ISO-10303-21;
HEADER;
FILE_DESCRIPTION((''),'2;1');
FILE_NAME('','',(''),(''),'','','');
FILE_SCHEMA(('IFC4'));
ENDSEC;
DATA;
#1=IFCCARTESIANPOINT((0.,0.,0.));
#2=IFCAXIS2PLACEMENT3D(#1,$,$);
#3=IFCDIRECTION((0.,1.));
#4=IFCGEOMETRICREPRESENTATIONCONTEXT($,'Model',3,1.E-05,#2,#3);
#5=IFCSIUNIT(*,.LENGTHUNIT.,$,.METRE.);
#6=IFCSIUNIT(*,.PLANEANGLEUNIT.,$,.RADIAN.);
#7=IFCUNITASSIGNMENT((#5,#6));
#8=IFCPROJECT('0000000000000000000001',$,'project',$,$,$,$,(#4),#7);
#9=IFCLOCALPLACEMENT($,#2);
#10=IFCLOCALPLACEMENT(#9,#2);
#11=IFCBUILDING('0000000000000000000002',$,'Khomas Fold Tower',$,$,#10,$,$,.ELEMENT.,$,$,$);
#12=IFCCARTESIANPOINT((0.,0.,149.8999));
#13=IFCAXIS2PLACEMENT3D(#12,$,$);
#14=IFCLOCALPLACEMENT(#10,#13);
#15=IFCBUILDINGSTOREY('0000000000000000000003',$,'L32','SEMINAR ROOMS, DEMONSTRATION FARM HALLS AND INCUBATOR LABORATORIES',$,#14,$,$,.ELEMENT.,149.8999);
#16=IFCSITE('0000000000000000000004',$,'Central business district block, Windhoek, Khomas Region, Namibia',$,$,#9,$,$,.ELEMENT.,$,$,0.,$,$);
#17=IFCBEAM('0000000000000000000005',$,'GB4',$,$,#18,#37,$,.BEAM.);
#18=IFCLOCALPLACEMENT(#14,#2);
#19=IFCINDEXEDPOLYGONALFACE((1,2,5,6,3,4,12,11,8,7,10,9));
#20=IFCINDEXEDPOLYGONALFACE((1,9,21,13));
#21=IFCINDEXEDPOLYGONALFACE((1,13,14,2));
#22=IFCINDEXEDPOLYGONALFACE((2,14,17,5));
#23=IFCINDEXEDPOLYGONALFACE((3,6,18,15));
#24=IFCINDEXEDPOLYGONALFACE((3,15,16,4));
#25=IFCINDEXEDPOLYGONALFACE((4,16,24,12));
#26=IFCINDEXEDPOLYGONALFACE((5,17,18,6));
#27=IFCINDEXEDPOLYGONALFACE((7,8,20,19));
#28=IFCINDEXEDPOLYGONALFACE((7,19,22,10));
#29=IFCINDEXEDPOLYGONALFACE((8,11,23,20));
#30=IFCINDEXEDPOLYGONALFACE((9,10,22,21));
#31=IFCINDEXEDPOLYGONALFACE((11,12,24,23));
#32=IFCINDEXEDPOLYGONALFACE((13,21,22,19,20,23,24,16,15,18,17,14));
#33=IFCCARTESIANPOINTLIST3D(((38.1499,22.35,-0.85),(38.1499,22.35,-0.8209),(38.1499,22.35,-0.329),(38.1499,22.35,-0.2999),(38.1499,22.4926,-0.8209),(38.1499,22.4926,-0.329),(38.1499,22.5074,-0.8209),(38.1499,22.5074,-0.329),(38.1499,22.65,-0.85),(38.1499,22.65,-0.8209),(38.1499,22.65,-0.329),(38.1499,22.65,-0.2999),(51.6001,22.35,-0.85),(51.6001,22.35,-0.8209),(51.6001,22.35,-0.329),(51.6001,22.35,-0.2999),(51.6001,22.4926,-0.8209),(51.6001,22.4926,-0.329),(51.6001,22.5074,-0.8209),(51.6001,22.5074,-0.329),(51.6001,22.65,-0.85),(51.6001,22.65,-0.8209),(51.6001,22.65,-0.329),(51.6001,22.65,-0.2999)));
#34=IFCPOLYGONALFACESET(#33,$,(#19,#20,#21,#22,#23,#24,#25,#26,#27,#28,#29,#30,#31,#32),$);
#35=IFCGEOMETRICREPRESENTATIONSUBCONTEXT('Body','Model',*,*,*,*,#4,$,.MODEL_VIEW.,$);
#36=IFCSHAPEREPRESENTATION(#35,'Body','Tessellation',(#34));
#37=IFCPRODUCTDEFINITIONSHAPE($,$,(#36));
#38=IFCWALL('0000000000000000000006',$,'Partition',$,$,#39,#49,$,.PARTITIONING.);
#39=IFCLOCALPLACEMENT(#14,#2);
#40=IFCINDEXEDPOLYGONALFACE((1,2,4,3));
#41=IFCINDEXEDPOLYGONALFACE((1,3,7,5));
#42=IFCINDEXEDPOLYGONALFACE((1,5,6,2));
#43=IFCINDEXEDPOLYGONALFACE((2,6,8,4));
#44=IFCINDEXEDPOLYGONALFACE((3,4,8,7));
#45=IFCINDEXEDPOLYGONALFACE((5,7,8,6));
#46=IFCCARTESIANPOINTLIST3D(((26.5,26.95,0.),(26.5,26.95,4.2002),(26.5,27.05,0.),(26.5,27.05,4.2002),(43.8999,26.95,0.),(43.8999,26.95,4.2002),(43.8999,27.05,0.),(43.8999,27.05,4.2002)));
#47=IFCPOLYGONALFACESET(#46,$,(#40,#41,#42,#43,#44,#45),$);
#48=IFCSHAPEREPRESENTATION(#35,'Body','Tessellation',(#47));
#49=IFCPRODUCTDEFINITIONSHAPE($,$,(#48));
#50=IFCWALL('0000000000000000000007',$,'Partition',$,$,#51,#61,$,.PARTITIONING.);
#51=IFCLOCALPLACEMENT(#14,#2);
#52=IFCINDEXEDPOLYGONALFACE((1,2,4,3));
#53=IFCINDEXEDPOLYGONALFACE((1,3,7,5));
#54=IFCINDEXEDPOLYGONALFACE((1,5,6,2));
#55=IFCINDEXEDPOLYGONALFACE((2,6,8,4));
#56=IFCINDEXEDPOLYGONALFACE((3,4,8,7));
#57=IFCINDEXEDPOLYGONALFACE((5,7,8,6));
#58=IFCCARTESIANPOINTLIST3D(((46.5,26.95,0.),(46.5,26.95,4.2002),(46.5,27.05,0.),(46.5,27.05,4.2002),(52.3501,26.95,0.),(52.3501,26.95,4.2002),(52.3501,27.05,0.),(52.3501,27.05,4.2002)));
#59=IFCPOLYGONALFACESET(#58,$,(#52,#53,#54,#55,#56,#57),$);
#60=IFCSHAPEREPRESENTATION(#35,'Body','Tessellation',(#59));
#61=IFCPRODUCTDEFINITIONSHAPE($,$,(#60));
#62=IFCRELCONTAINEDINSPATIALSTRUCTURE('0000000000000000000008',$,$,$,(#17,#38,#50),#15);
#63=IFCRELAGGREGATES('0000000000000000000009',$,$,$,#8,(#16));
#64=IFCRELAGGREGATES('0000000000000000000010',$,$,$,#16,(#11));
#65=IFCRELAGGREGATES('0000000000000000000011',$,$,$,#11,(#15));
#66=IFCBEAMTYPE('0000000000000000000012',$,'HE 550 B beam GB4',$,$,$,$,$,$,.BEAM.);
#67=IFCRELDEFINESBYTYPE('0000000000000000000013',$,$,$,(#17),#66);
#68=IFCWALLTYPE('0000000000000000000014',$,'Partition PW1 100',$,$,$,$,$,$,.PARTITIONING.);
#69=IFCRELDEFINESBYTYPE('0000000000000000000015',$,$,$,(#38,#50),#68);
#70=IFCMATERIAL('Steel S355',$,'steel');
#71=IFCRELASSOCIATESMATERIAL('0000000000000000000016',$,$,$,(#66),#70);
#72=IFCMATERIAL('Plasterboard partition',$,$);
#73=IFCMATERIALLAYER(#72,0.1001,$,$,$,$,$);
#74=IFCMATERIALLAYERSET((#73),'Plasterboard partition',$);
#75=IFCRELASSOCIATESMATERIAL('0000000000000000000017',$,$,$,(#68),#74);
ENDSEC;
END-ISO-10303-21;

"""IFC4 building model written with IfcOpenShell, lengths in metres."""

from ifc_helpers import new_model, si_unit, direction, frame, frame_2d, origin, origin_2d, place, context, subcontext, project, spatial, rectangle, i_section, extrude, source, transform, mapped, material, layer, layer_set, material_profile, profile_set, type_object, element, save


model = new_model("IFC4")

# Units and contexts
model_context = context("Model", 3, precision=1e-05, world=origin(), true_north=direction((0.0, 1.0)))
body_context = subcontext(model_context, "Body", "Model", "MODEL_VIEW")
ifc_project = project(units=[si_unit("LENGTHUNIT", "METRE"), si_unit("PLANEANGLEUNIT", "RADIAN")], contexts=[model_context])

# Site, building, storey
site_placement = place(None, origin())
site = spatial("IfcSite", under=ifc_project, at=site_placement, Name="Central business district block, Windhoek, Khomas Region, Namibia", CompositionType="ELEMENT", RefElevation=0.0)
building_placement = place(site_placement, origin())
building = spatial("IfcBuilding", under=site, at=building_placement, Name="Khomas Fold Tower", CompositionType="ELEMENT")
storey_placement = place(building_placement, frame((0.0, 0.0, 149.8999)))
storey = spatial("IfcBuildingStorey", under=building, at=storey_placement, Name="L32", Description="SEMINAR ROOMS, DEMONSTRATION FARM HALLS AND INCUBATOR LABORATORIES", CompositionType="ELEMENT", Elevation=149.8999)

# Beam
ifc_material_1 = material(Name="Steel S355", Category="steel")
ifc_material_profile_1 = material_profile(ifc_material_1, i_section(OverallWidth=0.3, OverallDepth=0.55, WebThickness=0.0149, FlangeThickness=0.0291, at=origin_2d()), Name="HE 550 B")
ifc_profile_set_1 = profile_set([ifc_material_profile_1], Name="Steel S355")
beam_type_1 = type_object("IfcBeamType", Name="HE 550 B beam GB4", PredefinedType="BEAM", material=ifc_profile_set_1)
shared_shape_1 = source(origin(), body_context, "Body", "SweptSolid", [
    extrude(i_section(OverallWidth=0.3, OverallDepth=0.55, WebThickness=0.0149, FlangeThickness=0.0291, at=origin_2d()), origin(), (0.0, 0.0, 1.0), 13.4502),
])
beam_placement = place(storey_placement, frame((38.1499, 22.5, -0.575), z_axis=(1.0, 0.0, 0.0), x_axis=(0.0, 1.0, 0.0)))
element("IfcBeam", 1, at=beam_placement, inside=storey, type_object=beam_type_1, Name="GB4", PredefinedType="BEAM", context=body_context, shape_type="MappedRepresentation", body=[
    mapped(shared_shape_1, transform((0.0, 0.0, 0.0))),
])

# Walls
ifc_material_2 = material(Name="Plasterboard partition")
ifc_layer = layer(ifc_material_2, 0.1001)
ifc_layer_set = layer_set([ifc_layer], Name="Plasterboard partition")
wall_type = type_object("IfcWallType", Name="Partition PW1 100", PredefinedType="PARTITIONING", material=ifc_layer_set)
shared_shape_2 = source(origin(), body_context, "Body", "SweptSolid", [
    extrude(rectangle(XDim=17.3999, YDim=0.1001, at=frame_2d((8.7, 0.0))), origin(), (0.0, 0.0, 1.0), 4.2002),
])
wall_1_placement = place(storey_placement, frame((26.5, 27.0, 0.0), z_axis=(0.0, 0.0, 1.0), x_axis=(1.0, 0.0, 0.0)))
element("IfcWall", 2, at=wall_1_placement, inside=storey, type_object=wall_type, Name="Partition", PredefinedType="PARTITIONING", context=body_context, shape_type="MappedRepresentation", body=[
    mapped(shared_shape_2, transform((0.0, 0.0, 0.0))),
])
shared_shape_3 = source(origin(), body_context, "Body", "SweptSolid", [
    extrude(rectangle(XDim=5.8501, YDim=0.1001, at=frame_2d((2.925, 0.0))), origin(), (0.0, 0.0, 1.0), 4.2002),
])
wall_2_placement = place(storey_placement, frame((46.5, 27.0, 0.0), z_axis=(0.0, 0.0, 1.0), x_axis=(1.0, 0.0, 0.0)))
element("IfcWall", 3, at=wall_2_placement, inside=storey, type_object=wall_type, Name="Partition", PredefinedType="PARTITIONING", context=body_context, shape_type="MappedRepresentation", body=[
    mapped(shared_shape_3, transform((0.0, 0.0, 0.0))),
])

save(model, "model.ifc")
